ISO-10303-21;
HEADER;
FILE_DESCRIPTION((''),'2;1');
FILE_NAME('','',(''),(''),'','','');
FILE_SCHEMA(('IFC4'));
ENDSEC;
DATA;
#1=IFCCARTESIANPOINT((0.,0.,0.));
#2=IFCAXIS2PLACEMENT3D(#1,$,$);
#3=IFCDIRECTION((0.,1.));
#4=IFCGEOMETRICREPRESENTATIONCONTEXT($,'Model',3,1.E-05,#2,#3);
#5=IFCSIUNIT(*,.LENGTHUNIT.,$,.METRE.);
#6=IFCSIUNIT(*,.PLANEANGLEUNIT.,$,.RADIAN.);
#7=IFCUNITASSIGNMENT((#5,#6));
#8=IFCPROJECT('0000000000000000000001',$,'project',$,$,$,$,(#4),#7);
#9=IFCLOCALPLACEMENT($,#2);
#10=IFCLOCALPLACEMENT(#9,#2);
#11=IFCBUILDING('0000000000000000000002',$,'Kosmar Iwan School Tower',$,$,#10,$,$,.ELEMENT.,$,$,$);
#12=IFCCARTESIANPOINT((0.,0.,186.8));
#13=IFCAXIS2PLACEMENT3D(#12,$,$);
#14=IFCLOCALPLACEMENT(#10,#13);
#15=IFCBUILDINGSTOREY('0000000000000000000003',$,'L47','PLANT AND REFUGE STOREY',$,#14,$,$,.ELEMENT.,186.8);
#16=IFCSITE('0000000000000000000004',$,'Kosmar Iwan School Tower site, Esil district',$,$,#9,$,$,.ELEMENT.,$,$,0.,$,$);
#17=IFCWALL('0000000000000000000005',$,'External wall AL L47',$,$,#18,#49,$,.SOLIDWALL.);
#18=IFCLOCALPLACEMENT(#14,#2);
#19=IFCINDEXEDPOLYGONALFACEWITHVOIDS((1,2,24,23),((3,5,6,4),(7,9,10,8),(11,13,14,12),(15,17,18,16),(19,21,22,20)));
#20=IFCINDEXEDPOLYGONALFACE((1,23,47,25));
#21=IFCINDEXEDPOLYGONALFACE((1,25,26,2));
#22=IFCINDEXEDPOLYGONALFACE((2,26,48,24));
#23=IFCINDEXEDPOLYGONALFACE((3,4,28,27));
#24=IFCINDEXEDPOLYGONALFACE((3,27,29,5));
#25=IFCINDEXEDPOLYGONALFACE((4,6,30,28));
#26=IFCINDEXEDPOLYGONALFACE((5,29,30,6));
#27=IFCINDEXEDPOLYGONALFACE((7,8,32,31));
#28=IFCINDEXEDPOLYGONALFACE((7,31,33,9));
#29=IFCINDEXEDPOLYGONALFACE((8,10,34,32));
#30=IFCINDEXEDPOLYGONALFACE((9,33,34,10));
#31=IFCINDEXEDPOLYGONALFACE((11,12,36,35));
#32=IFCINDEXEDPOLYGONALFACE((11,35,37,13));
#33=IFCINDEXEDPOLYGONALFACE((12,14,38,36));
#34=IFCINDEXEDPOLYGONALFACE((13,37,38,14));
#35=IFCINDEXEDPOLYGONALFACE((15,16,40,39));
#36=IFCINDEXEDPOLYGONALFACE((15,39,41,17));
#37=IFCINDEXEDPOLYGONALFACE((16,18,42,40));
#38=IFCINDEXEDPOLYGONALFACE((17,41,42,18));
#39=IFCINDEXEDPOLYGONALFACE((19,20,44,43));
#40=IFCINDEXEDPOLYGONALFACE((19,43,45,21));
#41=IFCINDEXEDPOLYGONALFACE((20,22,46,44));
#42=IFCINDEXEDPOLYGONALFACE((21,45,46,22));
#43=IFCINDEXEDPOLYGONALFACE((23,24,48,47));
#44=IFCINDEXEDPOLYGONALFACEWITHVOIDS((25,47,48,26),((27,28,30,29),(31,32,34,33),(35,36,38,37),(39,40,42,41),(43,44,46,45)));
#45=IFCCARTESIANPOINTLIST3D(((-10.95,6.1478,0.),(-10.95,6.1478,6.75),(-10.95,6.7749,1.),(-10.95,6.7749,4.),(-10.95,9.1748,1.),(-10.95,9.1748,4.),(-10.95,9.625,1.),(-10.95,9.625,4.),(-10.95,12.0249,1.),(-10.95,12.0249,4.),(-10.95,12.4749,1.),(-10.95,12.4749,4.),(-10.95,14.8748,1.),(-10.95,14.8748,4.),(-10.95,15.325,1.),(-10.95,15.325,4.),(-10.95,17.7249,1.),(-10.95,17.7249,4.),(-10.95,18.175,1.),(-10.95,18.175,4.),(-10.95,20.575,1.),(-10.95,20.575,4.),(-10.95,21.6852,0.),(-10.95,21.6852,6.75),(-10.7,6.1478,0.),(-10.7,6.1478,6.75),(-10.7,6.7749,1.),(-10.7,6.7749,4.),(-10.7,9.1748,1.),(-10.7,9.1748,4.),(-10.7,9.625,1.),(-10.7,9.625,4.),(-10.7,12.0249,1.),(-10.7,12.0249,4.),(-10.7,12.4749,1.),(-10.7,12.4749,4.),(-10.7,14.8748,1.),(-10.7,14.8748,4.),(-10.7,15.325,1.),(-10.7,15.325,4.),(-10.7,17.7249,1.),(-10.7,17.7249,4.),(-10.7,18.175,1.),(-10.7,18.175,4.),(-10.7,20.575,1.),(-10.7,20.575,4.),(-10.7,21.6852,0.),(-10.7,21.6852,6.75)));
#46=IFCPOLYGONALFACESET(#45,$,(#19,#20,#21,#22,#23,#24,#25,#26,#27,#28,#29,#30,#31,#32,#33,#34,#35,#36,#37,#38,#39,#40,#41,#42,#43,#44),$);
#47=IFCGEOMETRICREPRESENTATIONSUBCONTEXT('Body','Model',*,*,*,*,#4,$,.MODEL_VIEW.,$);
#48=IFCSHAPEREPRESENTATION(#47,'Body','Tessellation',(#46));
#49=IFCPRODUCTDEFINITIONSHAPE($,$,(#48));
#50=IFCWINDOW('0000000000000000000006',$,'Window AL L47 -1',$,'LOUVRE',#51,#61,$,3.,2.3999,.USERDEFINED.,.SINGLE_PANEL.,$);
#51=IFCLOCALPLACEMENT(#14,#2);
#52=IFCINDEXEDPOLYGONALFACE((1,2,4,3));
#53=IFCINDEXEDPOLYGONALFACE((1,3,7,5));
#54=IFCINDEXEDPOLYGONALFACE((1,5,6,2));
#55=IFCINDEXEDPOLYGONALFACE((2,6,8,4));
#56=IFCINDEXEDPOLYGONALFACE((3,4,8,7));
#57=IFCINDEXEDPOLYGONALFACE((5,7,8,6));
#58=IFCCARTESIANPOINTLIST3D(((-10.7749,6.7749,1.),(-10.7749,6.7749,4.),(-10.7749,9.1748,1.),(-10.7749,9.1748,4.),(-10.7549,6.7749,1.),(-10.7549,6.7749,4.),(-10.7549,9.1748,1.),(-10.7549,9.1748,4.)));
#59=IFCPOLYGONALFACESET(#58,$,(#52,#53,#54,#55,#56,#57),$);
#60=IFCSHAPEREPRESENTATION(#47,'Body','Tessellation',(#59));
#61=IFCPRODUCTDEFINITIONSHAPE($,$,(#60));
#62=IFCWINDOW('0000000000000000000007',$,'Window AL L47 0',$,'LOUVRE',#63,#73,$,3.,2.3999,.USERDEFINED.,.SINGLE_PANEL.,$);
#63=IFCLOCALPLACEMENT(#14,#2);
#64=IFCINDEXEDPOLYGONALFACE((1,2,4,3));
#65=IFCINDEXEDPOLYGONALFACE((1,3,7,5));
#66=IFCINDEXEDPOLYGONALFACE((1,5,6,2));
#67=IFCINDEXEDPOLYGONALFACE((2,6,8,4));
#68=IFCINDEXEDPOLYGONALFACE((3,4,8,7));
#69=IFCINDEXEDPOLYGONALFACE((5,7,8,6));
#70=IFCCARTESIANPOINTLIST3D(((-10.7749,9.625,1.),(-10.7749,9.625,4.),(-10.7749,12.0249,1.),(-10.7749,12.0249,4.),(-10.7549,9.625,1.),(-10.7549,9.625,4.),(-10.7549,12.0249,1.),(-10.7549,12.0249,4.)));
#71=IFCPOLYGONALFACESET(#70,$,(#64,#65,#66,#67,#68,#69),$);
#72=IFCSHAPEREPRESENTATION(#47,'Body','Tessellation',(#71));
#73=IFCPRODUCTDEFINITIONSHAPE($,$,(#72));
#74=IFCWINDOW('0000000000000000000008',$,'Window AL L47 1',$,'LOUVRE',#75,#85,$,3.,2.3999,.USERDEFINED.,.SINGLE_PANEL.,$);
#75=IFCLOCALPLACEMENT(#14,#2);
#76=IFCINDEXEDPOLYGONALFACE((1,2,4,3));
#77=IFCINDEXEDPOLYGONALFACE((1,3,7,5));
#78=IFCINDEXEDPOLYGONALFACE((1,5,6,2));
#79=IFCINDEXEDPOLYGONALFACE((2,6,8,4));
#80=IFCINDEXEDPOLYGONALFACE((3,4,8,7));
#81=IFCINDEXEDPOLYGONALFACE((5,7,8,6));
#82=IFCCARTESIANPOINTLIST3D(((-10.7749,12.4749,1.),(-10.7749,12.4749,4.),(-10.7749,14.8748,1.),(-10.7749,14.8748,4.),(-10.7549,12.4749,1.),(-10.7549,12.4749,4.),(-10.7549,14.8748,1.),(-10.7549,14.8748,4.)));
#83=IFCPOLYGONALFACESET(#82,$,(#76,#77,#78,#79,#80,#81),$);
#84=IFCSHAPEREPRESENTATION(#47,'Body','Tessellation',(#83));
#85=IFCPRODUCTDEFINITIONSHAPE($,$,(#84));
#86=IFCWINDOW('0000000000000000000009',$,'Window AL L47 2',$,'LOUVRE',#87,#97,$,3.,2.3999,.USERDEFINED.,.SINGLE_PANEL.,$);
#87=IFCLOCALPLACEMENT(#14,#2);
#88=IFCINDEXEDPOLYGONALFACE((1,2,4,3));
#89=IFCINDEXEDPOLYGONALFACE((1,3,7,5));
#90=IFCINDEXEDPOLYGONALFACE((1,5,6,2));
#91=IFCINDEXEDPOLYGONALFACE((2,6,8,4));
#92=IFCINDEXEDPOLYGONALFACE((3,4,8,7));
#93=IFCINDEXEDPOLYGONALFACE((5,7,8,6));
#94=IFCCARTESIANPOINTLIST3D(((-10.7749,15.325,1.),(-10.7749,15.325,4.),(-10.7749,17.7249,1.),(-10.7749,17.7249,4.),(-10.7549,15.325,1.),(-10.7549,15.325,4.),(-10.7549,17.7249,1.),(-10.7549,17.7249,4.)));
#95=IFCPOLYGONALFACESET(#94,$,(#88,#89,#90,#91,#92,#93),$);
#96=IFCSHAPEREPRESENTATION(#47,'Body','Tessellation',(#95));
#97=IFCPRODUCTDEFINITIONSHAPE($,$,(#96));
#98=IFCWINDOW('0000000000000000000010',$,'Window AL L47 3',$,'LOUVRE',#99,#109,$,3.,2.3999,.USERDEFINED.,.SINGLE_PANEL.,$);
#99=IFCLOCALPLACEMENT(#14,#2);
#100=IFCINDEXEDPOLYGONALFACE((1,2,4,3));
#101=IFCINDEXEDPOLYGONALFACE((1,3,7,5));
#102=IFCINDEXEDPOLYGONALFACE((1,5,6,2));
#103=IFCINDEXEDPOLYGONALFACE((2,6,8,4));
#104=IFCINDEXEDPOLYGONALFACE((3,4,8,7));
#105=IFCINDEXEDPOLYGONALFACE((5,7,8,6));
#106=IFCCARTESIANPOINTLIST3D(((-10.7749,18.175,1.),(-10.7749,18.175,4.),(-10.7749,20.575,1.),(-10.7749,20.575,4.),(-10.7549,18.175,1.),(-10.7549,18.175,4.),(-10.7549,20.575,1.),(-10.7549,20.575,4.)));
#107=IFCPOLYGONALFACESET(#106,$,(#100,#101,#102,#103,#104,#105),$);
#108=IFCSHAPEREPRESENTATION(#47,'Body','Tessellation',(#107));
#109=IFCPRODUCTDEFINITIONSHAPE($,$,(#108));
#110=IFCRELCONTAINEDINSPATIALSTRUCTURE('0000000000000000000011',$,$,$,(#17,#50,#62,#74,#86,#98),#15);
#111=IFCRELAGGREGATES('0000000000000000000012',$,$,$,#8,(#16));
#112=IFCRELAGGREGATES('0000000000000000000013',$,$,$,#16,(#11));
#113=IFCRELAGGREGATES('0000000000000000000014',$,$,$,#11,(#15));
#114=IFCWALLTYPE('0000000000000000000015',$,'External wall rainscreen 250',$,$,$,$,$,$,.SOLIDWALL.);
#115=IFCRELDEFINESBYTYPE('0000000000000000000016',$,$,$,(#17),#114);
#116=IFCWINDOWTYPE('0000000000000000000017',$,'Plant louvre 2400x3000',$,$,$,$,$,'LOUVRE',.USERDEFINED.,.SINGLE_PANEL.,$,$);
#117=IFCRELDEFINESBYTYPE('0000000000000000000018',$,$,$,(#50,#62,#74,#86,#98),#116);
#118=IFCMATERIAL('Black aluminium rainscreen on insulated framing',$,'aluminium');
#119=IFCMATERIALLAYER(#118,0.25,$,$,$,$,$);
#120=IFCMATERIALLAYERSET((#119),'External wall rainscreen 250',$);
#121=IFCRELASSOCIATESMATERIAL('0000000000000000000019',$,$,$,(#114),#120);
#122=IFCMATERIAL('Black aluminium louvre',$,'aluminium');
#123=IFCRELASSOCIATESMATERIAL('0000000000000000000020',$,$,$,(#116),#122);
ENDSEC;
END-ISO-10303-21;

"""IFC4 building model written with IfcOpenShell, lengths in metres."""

from ifc_helpers import new_model, si_unit, direction, frame, frame_2d, origin, place, context, subcontext, project, spatial, rectangle, extrude, material, layer, layer_set, type_object, element, fill, save


model = new_model("IFC4")

# Units and contexts
model_context = context("Model", 3, precision=1e-05, world=origin(), true_north=direction((0.0, 1.0)))
body_context = subcontext(model_context, "Body", "Model", "MODEL_VIEW")
ifc_project = project(units=[si_unit("LENGTHUNIT", "METRE"), si_unit("PLANEANGLEUNIT", "RADIAN")], contexts=[model_context])

# Site, building, storey
site_placement = place(None, origin())
site = spatial("IfcSite", under=ifc_project, at=site_placement, Name="Kosmar Iwan School Tower site, Esil district", CompositionType="ELEMENT", RefElevation=0.0)
building_placement = place(site_placement, origin())
building = spatial("IfcBuilding", under=site, at=building_placement, Name="Kosmar Iwan School Tower", CompositionType="ELEMENT")
storey_placement = place(building_placement, frame((0.0, 0.0, 186.8)))
storey = spatial("IfcBuildingStorey", under=building, at=storey_placement, Name="L47", Description="PLANT AND REFUGE STOREY", CompositionType="ELEMENT", Elevation=186.8)

# Wall, openings, windows
ifc_material_1 = material(Name="Black aluminium rainscreen on insulated framing", Category="aluminium")
ifc_layer_1 = layer(ifc_material_1, 0.25)
ifc_layer_set_1 = layer_set([ifc_layer_1], Name="External wall rainscreen 250")
wall_type_1 = type_object("IfcWallType", Name="External wall rainscreen 250", PredefinedType="SOLIDWALL", material=ifc_layer_set_1)
wall_1_placement = place(storey_placement, frame((-10.825, 6.1479, 0.0), z_axis=(0.0, 0.0, 1.0), x_axis=(0.0, 1.0, 0.0)))
wall_1 = element("IfcWall", 1, at=wall_1_placement, inside=storey, type_object=wall_type_1, Name="External wall AL L47", PredefinedType="SOLIDWALL", context=body_context, shape_type="SweptSolid", body=[
    extrude(rectangle(XDim=15.5374, YDim=0.25, at=frame_2d((7.7686, 0.0))), origin(), (0.0, 0.0, 1.0), 6.75),
])
opening_1_placement = place(wall_1_placement, frame((0.627, 0.0, 1.0)))
opening_1 = element("IfcOpeningElement", 2, at=opening_1_placement, cuts=wall_1, PredefinedType="OPENING", context=body_context, shape_type="SweptSolid", body=[
    extrude(rectangle(XDim=2.3999, YDim=3.0, at=frame_2d((1.2, 1.5))), frame((0.0, 0.137, 0.0), z_axis=(0.0, -1.0, 0.0), x_axis=(1.0, 0.0, 0.0)), (0.0, 0.0, 1.0), 0.2739),
])
opening_2_placement = place(wall_1_placement, frame((3.4771, 0.0, 1.0)))
opening_2 = element("IfcOpeningElement", 3, at=opening_2_placement, cuts=wall_1, PredefinedType="OPENING", context=body_context, shape_type="SweptSolid", body=[
    extrude(rectangle(XDim=2.3999, YDim=3.0, at=frame_2d((1.2, 1.5))), frame((0.0, 0.137, 0.0), z_axis=(0.0, -1.0, 0.0), x_axis=(1.0, 0.0, 0.0)), (0.0, 0.0, 1.0), 0.2739),
])
opening_3_placement = place(wall_1_placement, frame((6.3269, 0.0, 1.0)))
opening_3 = element("IfcOpeningElement", 4, at=opening_3_placement, cuts=wall_1, PredefinedType="OPENING", context=body_context, shape_type="SweptSolid", body=[
    extrude(rectangle(XDim=2.3999, YDim=3.0, at=frame_2d((1.2, 1.5))), frame((0.0, 0.137, 0.0), z_axis=(0.0, -1.0, 0.0), x_axis=(1.0, 0.0, 0.0)), (0.0, 0.0, 1.0), 0.2739),
])
opening_4_placement = place(wall_1_placement, frame((9.177, 0.0, 1.0)))
opening_4 = element("IfcOpeningElement", 5, at=opening_4_placement, cuts=wall_1, PredefinedType="OPENING", context=body_context, shape_type="SweptSolid", body=[
    extrude(rectangle(XDim=2.3999, YDim=3.0, at=frame_2d((1.2, 1.5))), frame((0.0, 0.137, 0.0), z_axis=(0.0, -1.0, 0.0), x_axis=(1.0, 0.0, 0.0)), (0.0, 0.0, 1.0), 0.2739),
])
opening_5_placement = place(wall_1_placement, frame((12.0271, 0.0, 1.0)))
opening_5 = element("IfcOpeningElement", 6, at=opening_5_placement, cuts=wall_1, PredefinedType="OPENING", context=body_context, shape_type="SweptSolid", body=[
    extrude(rectangle(XDim=2.3999, YDim=3.0, at=frame_2d((1.2, 1.5))), frame((0.0, 0.137, 0.0), z_axis=(0.0, -1.0, 0.0), x_axis=(1.0, 0.0, 0.0)), (0.0, 0.0, 1.0), 0.2739),
])
ifc_material_2 = material(Name="Black aluminium louvre", Category="aluminium")
window_type = type_object("IfcWindowType", Name="Plant louvre 2400x3000", ElementType="LOUVRE", PartitioningType="SINGLE_PANEL", PredefinedType="USERDEFINED", material=ifc_material_2)
window_1_placement = place(opening_1_placement, origin())
window_1 = element("IfcWindow", 7, at=window_1_placement, inside=storey, type_object=window_type, Name="Window AL L47 -1", ObjectType="LOUVRE", OverallHeight=3.0, OverallWidth=2.3999, PartitioningType="SINGLE_PANEL", PredefinedType="USERDEFINED", context=body_context, shape_type="SweptSolid", body=[
    extrude(rectangle(XDim=2.3999, YDim=3.0, at=frame_2d((1.2, 1.5))), frame((0.0, -0.05, 0.0), z_axis=(0.0, -1.0, 0.0), x_axis=(1.0, 0.0, 0.0)), (0.0, 0.0, 1.0), 0.02),
])
fill(opening_1, window_1)
window_2_placement = place(opening_2_placement, origin())
window_2 = element("IfcWindow", 8, at=window_2_placement, inside=storey, type_object=window_type, Name="Window AL L47 0", ObjectType="LOUVRE", OverallHeight=3.0, OverallWidth=2.3999, PartitioningType="SINGLE_PANEL", PredefinedType="USERDEFINED", context=body_context, shape_type="SweptSolid", body=[
    extrude(rectangle(XDim=2.3999, YDim=3.0, at=frame_2d((1.2, 1.5))), frame((0.0, -0.05, 0.0), z_axis=(0.0, -1.0, 0.0), x_axis=(1.0, 0.0, 0.0)), (0.0, 0.0, 1.0), 0.02),
])
fill(opening_2, window_2)
window_3_placement = place(opening_3_placement, origin())
window_3 = element("IfcWindow", 9, at=window_3_placement, inside=storey, type_object=window_type, Name="Window AL L47 1", ObjectType="LOUVRE", OverallHeight=3.0, OverallWidth=2.3999, PartitioningType="SINGLE_PANEL", PredefinedType="USERDEFINED", context=body_context, shape_type="SweptSolid", body=[
    extrude(rectangle(XDim=2.3999, YDim=3.0, at=frame_2d((1.2, 1.5))), frame((0.0, -0.05, 0.0), z_axis=(0.0, -1.0, 0.0), x_axis=(1.0, 0.0, 0.0)), (0.0, 0.0, 1.0), 0.02),
])
fill(opening_3, window_3)
window_4_placement = place(opening_4_placement, origin())
window_4 = element("IfcWindow", 10, at=window_4_placement, inside=storey, type_object=window_type, Name="Window AL L47 2", ObjectType="LOUVRE", OverallHeight=3.0, OverallWidth=2.3999, PartitioningType="SINGLE_PANEL", PredefinedType="USERDEFINED", context=body_context, shape_type="SweptSolid", body=[
    extrude(rectangle(XDim=2.3999, YDim=3.0, at=frame_2d((1.2, 1.5))), frame((0.0, -0.05, 0.0), z_axis=(0.0, -1.0, 0.0), x_axis=(1.0, 0.0, 0.0)), (0.0, 0.0, 1.0), 0.02),
])
fill(opening_4, window_4)
window_5_placement = place(opening_5_placement, origin())
window_5 = element("IfcWindow", 11, at=window_5_placement, inside=storey, type_object=window_type, Name="Window AL L47 3", ObjectType="LOUVRE", OverallHeight=3.0, OverallWidth=2.3999, PartitioningType="SINGLE_PANEL", PredefinedType="USERDEFINED", context=body_context, shape_type="SweptSolid", body=[
    extrude(rectangle(XDim=2.3999, YDim=3.0, at=frame_2d((1.2, 1.5))), frame((0.0, -0.05, 0.0), z_axis=(0.0, -1.0, 0.0), x_axis=(1.0, 0.0, 0.0)), (0.0, 0.0, 1.0), 0.02),
])
fill(opening_5, window_5)

save(model, "model.ifc")
